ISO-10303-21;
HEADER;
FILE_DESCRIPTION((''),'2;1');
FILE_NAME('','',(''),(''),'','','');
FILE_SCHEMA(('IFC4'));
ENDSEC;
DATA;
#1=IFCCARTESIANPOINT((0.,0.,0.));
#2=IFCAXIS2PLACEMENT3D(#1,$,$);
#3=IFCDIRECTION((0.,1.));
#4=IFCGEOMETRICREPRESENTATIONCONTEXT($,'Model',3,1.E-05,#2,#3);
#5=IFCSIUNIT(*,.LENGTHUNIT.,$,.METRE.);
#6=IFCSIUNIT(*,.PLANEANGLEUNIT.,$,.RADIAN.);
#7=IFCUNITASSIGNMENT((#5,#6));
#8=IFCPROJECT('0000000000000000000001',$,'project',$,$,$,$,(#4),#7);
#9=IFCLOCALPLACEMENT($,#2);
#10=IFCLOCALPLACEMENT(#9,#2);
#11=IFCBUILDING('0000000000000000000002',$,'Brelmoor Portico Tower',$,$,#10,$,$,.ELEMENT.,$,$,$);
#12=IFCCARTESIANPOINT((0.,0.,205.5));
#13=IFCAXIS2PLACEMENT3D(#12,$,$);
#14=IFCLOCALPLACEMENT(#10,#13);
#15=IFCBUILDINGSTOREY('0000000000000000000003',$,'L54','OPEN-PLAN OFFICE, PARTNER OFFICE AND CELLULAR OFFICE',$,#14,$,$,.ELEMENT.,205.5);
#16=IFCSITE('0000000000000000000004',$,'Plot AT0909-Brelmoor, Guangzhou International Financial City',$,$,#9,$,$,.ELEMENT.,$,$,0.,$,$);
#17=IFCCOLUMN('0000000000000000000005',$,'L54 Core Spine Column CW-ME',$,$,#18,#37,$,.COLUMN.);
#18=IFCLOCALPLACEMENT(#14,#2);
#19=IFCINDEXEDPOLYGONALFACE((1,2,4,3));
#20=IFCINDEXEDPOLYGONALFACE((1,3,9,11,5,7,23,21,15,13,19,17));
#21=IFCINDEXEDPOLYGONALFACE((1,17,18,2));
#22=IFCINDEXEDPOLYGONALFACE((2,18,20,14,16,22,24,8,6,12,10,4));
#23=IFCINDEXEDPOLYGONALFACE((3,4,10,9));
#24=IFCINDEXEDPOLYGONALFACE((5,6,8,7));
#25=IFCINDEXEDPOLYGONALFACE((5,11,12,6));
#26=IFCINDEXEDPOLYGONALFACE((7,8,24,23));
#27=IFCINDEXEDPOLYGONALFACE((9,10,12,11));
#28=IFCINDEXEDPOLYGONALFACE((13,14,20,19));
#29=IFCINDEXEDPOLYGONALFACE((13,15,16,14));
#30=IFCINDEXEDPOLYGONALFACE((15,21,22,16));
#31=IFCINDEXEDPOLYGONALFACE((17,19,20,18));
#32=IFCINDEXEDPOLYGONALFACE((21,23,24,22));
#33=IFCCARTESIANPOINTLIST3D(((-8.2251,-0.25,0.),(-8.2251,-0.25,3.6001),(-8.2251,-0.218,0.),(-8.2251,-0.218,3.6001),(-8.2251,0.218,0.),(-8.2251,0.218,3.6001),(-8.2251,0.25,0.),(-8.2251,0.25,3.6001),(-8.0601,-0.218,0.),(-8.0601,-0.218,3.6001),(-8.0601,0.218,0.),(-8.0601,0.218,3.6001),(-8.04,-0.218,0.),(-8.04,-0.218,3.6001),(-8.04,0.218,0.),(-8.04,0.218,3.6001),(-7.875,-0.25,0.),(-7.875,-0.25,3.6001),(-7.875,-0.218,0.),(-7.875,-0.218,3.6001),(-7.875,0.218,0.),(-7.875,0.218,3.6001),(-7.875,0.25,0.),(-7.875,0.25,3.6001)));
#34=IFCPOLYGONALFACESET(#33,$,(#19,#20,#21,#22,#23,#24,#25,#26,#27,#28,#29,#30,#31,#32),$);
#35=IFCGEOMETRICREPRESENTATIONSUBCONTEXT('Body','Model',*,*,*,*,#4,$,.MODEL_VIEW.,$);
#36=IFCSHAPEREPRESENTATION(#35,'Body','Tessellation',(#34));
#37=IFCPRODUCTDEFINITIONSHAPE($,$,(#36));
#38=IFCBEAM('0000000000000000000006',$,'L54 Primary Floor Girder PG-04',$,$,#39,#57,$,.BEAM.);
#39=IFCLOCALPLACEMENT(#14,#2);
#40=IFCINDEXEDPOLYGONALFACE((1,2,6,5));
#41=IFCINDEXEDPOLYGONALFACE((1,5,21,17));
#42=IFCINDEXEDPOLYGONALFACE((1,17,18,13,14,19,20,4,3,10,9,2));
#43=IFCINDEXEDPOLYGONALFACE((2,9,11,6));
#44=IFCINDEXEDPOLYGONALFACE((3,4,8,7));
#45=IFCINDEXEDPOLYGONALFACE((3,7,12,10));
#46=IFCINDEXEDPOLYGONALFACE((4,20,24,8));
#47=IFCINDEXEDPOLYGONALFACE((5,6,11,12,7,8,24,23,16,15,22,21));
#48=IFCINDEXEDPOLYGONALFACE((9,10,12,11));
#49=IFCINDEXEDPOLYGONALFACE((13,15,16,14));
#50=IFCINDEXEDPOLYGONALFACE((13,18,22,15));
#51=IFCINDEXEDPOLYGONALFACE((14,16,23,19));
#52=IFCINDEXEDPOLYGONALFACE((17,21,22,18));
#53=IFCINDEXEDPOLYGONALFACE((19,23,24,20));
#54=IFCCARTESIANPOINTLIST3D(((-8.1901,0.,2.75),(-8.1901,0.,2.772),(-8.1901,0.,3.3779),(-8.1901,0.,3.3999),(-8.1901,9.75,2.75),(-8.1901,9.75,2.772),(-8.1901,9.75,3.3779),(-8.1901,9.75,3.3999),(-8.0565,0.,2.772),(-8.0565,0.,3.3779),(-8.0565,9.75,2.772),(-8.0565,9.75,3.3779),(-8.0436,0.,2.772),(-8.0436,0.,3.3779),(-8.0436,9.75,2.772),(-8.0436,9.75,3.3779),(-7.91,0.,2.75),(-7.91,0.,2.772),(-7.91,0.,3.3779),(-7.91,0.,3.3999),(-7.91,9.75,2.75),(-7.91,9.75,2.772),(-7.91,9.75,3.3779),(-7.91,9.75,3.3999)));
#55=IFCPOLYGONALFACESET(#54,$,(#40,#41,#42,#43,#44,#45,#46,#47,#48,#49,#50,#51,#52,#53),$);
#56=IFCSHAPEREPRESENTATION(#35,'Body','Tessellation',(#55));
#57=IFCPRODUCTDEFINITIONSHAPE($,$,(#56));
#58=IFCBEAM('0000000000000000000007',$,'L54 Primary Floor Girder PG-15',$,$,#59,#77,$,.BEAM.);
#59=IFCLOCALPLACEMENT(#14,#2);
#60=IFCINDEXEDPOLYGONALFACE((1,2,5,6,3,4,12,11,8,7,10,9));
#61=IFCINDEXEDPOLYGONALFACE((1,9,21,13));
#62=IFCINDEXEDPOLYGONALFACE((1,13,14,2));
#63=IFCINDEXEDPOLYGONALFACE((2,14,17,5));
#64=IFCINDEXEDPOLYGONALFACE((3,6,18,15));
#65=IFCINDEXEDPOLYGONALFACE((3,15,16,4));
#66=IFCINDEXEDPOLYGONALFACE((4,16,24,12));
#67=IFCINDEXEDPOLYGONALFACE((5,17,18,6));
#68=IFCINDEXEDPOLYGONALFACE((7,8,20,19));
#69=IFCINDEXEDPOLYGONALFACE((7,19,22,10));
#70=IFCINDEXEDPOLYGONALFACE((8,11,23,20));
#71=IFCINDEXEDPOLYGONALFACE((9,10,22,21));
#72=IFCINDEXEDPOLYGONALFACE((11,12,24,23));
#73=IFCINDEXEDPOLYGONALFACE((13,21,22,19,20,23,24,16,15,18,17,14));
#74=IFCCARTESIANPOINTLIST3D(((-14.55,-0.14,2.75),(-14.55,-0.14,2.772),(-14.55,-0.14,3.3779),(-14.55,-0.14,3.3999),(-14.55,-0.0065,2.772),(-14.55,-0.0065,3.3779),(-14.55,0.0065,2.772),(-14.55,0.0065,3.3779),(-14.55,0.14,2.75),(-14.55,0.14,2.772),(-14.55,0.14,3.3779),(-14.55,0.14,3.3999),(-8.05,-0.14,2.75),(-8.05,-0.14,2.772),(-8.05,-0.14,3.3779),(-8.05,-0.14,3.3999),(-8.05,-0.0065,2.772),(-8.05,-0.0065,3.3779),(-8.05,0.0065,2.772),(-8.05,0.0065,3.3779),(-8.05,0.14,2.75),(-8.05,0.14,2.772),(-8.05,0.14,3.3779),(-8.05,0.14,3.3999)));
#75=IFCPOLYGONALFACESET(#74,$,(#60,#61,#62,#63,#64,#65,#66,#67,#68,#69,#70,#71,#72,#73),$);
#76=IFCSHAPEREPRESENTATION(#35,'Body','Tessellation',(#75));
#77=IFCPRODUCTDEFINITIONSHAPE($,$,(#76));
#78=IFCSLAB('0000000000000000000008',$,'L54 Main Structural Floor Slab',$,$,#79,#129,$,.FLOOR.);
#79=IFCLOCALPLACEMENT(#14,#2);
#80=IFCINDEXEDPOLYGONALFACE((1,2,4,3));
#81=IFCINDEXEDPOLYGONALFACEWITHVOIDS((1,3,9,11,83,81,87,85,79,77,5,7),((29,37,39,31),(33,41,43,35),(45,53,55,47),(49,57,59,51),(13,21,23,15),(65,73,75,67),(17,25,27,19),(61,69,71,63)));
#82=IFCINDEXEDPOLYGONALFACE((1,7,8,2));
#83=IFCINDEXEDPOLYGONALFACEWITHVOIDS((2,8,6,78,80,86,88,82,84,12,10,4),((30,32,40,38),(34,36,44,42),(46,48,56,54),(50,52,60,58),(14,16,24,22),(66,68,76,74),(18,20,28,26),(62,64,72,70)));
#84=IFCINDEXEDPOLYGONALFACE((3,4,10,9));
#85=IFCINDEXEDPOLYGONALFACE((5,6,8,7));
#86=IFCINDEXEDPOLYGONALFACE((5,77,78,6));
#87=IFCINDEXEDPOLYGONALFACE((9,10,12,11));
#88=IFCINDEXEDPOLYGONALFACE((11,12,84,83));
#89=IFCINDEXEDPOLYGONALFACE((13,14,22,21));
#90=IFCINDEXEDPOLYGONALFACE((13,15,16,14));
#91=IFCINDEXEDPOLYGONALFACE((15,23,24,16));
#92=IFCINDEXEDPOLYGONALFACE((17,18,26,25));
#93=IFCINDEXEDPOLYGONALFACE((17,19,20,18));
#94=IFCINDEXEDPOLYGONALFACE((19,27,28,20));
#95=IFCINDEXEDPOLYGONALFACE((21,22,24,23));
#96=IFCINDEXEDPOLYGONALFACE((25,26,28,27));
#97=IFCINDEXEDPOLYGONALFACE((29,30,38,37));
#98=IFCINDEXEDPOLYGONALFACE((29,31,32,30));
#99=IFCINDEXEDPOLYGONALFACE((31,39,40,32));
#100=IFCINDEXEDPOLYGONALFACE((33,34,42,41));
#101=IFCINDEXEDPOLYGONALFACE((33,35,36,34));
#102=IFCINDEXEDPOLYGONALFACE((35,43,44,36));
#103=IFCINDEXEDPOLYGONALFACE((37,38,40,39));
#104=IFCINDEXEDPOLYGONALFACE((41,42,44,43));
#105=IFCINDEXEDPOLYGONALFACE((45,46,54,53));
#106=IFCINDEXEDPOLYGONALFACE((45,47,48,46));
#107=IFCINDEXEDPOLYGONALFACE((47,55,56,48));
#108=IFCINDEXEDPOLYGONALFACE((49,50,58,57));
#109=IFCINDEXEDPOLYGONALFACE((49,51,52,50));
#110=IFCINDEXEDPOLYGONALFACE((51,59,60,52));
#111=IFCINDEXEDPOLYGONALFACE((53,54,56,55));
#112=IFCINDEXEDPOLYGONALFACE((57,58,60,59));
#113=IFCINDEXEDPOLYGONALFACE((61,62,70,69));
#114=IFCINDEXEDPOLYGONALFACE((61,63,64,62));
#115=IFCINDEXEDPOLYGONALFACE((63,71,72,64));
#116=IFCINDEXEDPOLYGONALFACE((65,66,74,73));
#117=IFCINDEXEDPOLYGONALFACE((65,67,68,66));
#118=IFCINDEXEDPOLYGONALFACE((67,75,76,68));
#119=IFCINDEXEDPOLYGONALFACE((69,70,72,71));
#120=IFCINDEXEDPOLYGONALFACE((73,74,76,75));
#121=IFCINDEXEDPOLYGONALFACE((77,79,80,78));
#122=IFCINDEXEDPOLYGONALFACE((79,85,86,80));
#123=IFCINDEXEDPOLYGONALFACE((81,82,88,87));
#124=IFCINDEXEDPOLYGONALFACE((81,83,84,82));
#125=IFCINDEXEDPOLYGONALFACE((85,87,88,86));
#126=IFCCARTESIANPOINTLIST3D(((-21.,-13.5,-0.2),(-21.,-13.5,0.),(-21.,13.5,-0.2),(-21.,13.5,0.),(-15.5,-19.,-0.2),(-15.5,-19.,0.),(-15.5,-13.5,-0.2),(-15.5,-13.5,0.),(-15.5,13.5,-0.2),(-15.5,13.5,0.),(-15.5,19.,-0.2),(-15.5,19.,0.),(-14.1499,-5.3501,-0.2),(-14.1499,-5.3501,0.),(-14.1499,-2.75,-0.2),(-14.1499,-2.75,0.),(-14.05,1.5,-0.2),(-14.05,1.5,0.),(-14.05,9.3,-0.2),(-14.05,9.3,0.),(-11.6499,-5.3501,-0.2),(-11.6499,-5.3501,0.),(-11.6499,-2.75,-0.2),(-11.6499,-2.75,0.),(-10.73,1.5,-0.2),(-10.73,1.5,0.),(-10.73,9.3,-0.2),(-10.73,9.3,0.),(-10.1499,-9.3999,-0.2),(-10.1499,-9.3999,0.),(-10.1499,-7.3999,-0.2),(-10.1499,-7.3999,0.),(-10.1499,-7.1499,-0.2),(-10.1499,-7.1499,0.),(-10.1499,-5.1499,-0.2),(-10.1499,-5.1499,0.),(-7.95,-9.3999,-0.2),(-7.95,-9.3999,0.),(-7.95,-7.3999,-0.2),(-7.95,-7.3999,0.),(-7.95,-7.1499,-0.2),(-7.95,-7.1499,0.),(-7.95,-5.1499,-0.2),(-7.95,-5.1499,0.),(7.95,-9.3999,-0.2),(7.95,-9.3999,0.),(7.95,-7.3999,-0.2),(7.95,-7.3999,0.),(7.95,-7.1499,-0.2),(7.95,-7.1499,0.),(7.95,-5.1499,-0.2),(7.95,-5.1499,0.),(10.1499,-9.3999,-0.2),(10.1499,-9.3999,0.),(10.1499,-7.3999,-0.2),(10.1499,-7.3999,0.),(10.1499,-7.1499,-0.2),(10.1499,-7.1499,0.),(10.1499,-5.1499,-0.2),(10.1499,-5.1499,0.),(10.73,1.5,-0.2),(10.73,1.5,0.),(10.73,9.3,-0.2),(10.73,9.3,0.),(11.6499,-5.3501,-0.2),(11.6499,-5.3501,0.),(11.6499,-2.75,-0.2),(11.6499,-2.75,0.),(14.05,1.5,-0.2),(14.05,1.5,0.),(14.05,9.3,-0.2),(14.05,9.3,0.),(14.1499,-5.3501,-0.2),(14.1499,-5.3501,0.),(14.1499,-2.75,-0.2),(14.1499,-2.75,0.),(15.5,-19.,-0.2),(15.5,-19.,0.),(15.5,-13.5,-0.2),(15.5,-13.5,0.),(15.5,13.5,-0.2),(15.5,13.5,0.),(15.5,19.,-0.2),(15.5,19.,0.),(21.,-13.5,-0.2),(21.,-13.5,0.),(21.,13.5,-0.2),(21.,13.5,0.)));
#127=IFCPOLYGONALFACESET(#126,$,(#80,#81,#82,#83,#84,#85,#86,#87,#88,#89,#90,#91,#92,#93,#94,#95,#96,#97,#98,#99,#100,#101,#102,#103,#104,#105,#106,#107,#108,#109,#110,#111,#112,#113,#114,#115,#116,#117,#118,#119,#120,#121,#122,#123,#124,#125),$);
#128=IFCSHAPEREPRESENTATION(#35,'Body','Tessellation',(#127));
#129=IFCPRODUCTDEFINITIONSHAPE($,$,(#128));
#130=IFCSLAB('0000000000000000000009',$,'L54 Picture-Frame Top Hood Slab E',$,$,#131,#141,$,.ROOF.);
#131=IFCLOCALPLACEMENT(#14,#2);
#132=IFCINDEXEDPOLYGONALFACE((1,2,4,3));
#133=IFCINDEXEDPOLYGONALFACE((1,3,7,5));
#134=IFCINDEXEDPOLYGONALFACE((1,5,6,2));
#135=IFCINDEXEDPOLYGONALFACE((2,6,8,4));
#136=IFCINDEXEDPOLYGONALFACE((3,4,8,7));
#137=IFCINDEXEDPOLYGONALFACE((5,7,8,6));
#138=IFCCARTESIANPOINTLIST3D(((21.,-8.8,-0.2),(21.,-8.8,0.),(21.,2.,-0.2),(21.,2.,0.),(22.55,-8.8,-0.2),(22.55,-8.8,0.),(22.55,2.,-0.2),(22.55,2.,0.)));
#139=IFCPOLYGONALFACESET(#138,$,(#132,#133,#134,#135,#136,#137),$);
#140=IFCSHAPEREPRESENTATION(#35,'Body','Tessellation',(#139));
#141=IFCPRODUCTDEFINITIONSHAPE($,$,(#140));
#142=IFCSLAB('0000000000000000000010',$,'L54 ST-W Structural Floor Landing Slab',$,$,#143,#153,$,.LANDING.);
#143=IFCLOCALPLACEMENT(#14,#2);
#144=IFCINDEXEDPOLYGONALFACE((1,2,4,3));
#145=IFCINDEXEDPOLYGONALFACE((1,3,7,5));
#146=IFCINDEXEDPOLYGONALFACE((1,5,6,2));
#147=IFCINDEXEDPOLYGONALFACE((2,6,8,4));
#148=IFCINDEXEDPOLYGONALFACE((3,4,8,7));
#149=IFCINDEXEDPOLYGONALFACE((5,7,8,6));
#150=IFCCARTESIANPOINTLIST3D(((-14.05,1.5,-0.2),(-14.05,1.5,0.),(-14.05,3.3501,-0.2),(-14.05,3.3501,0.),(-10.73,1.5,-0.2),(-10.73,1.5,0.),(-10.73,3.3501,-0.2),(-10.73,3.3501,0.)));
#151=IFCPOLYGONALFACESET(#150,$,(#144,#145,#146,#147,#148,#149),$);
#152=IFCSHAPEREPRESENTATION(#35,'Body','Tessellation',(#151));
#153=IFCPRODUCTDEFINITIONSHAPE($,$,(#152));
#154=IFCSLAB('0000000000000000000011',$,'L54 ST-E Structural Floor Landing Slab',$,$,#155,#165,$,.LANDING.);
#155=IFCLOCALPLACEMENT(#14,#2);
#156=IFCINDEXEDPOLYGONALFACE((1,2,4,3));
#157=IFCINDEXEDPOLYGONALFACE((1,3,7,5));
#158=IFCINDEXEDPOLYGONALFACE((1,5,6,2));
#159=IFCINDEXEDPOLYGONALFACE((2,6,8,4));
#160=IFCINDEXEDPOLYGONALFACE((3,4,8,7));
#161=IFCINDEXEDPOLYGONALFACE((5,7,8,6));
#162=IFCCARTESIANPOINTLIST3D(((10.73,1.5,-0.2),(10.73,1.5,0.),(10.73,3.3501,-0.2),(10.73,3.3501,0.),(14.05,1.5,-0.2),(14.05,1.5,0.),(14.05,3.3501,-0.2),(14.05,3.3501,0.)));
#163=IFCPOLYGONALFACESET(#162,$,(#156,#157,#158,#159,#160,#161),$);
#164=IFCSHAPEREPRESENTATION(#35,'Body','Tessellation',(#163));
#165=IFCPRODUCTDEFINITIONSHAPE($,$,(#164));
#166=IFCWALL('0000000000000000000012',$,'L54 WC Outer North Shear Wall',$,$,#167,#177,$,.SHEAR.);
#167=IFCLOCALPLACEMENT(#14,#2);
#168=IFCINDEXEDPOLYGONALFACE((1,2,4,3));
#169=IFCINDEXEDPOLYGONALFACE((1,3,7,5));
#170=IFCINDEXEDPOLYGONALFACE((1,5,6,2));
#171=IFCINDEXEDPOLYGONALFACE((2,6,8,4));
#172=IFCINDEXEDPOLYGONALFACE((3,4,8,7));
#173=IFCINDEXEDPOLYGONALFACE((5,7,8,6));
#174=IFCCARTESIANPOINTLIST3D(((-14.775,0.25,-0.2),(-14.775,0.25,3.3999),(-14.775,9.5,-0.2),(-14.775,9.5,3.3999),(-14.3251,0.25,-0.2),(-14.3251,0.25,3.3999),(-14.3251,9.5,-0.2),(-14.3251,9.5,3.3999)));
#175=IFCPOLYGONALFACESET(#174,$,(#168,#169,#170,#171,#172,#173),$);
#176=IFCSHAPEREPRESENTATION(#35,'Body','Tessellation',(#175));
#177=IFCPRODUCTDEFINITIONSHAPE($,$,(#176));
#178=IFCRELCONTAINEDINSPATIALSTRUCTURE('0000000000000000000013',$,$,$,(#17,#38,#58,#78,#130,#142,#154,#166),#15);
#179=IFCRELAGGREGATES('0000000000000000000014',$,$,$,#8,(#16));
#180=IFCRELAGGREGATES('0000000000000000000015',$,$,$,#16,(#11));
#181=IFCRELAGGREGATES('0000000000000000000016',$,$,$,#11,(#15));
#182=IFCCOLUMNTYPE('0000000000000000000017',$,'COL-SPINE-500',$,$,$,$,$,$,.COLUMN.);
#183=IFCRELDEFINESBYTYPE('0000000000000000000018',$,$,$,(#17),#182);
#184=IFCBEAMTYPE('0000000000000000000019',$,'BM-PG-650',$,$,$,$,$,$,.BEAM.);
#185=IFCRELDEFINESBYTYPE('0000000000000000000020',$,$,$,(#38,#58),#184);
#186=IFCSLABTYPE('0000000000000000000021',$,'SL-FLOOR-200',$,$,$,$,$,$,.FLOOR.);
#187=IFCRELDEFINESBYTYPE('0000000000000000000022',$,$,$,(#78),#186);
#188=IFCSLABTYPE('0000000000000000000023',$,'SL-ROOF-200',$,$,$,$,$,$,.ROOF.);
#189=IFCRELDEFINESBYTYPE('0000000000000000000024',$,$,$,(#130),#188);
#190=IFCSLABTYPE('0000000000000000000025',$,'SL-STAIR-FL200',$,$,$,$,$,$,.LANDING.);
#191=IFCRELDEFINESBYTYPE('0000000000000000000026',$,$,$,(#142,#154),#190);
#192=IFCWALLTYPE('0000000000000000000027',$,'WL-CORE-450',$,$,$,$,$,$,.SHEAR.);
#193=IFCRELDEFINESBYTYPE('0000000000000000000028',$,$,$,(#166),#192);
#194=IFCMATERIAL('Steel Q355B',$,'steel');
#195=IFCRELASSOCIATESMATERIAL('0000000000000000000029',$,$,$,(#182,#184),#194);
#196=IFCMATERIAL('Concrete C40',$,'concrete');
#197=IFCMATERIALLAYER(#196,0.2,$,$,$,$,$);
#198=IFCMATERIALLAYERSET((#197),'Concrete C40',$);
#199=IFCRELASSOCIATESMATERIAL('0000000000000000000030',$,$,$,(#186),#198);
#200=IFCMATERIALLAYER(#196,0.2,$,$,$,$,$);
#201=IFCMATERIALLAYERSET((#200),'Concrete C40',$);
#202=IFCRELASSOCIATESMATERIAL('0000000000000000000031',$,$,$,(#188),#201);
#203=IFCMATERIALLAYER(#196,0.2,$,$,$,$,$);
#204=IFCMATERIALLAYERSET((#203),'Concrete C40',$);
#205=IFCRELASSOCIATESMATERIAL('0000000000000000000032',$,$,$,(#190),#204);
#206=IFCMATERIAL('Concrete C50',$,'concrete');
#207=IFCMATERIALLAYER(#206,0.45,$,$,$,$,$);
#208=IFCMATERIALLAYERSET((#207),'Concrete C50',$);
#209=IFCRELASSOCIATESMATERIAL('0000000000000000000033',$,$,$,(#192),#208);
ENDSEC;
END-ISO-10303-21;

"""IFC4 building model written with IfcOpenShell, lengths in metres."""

from ifc_helpers import new_model, si_unit, direction, frame, frame_2d, origin, origin_2d, place, context, subcontext, project, spatial, polyline, rectangle, i_section, outline, extrude, material, layer, layer_set, material_profile, profile_set, type_object, element, save


model = new_model("IFC4")

# Units and contexts
model_context = context("Model", 3, precision=1e-05, world=origin(), true_north=direction((0.0, 1.0)))
body_context = subcontext(model_context, "Body", "Model", "MODEL_VIEW")
ifc_project = project(units=[si_unit("LENGTHUNIT", "METRE"), si_unit("PLANEANGLEUNIT", "RADIAN")], contexts=[model_context])

# Site, building, storey
site_placement = place(None, origin())
site = spatial("IfcSite", under=ifc_project, at=site_placement, Name="Plot AT0909-Brelmoor, Guangzhou International Financial City", CompositionType="ELEMENT", RefElevation=0.0)
building_placement = place(site_placement, origin())
building = spatial("IfcBuilding", under=site, at=building_placement, Name="Brelmoor Portico Tower", CompositionType="ELEMENT")
storey_placement = place(building_placement, frame((0.0, 0.0, 205.5)))
storey = spatial("IfcBuildingStorey", under=building, at=storey_placement, Name="L54", Description="OPEN-PLAN OFFICE, PARTNER OFFICE AND CELLULAR OFFICE", CompositionType="ELEMENT", Elevation=205.5)

# Column
ifc_material_1 = material(Name="Steel Q355B", Category="steel")
ifc_material_profile_1 = material_profile(ifc_material_1, i_section(OverallWidth=0.3501, OverallDepth=0.5, WebThickness=0.02, FlangeThickness=0.032, at=origin_2d()), Name="HW 500x350x20x32")
ifc_profile_set_1 = profile_set([ifc_material_profile_1], Name="Steel Q355B")
column_type = type_object("IfcColumnType", Name="COL-SPINE-500", PredefinedType="COLUMN", material=ifc_profile_set_1)
column_placement = place(storey_placement, frame((-8.05, 0.0, 0.0), z_axis=(0.0, 0.0, 1.0), x_axis=(1.0, 0.0, 0.0)))
element("IfcColumn", 1, at=column_placement, inside=storey, type_object=column_type, Name="L54 Core Spine Column CW-ME", PredefinedType="COLUMN", context=body_context, shape_type="SweptSolid", body=[
    extrude(i_section(OverallWidth=0.3501, OverallDepth=0.5, WebThickness=0.02, FlangeThickness=0.032, at=origin_2d()), origin(), (0.0, 0.0, 1.0), 3.6001),
])

# Beams
ifc_material_profile_2 = material_profile(ifc_material_1, i_section(OverallWidth=0.28, OverallDepth=0.6499, WebThickness=0.0129, FlangeThickness=0.022, at=origin_2d()), Name="HN 650x280x13x22")
ifc_profile_set_2 = profile_set([ifc_material_profile_2], Name="Steel Q355B")
beam_type = type_object("IfcBeamType", Name="BM-PG-650", PredefinedType="BEAM", material=ifc_profile_set_2)
beam_1_placement = place(storey_placement, frame((-8.05, 0.0, 3.075), z_axis=(0.0, 1.0, 0.0), x_axis=(-1.0, 0.0, 0.0)))
element("IfcBeam", 2, at=beam_1_placement, inside=storey, type_object=beam_type, Name="L54 Primary Floor Girder PG-04", PredefinedType="BEAM", context=body_context, shape_type="SweptSolid", body=[
    extrude(i_section(OverallWidth=0.28, OverallDepth=0.6499, WebThickness=0.0129, FlangeThickness=0.022, at=origin_2d()), origin(), (0.0, 0.0, 1.0), 9.75),
])
beam_2_placement = place(storey_placement, frame((-14.55, 0.0, 3.075), z_axis=(1.0, 0.0, 0.0), x_axis=(0.0, 1.0, 0.0)))
element("IfcBeam", 3, at=beam_2_placement, inside=storey, type_object=beam_type, Name="L54 Primary Floor Girder PG-15", PredefinedType="BEAM", context=body_context, shape_type="SweptSolid", body=[
    extrude(i_section(OverallWidth=0.28, OverallDepth=0.6499, WebThickness=0.0129, FlangeThickness=0.022, at=origin_2d()), origin(), (0.0, 0.0, 1.0), 6.5),
])

# Slabs
ifc_material_2 = material(Name="Concrete C40", Category="concrete")
ifc_layer_1 = layer(ifc_material_2, 0.2)
ifc_layer_set_1 = layer_set([ifc_layer_1], Name="Concrete C40")
slab_type_1 = type_object("IfcSlabType", Name="SL-FLOOR-200", PredefinedType="FLOOR", material=ifc_layer_set_1)
slab_1_placement = place(storey_placement, frame((0.0, 0.0, -0.2)))
element("IfcSlab", 4, at=slab_1_placement, inside=storey, type_object=slab_type_1, Name="L54 Main Structural Floor Slab", PredefinedType="FLOOR", context=body_context, shape_type="SweptSolid", body=[
    extrude(outline(polyline([(-15.5, -19.0), (15.5, -19.0), (15.5, -13.5), (21.0, -13.5), (21.0, 13.5), (15.5, 13.5), (15.5, 19.0), (-15.5, 19.0), (-15.5, 13.5), (-21.0, 13.5), (-21.0, -13.5), (-15.5, -13.5), (-15.5, -19.0)]), holes=[polyline([(-10.73, 1.5), (-10.73, 9.3), (-14.05, 9.3), (-14.05, 1.5), (-10.73, 1.5)]), polyline([(14.05, 1.5), (14.05, 9.3), (10.73, 9.3), (10.73, 1.5), (14.05, 1.5)]), polyline([(-10.1499, -9.3999), (-7.95, -9.3999), (-7.95, -7.3999), (-10.1499, -7.3999), (-10.1499, -9.3999)]), polyline([(-10.1499, -7.1499), (-7.95, -7.1499), (-7.95, -5.1499), (-10.1499, -5.1499), (-10.1499, -7.1499)]), polyline([(7.95, -9.3999), (10.1499, -9.3999), (10.1499, -7.3999), (7.95, -7.3999), (7.95, -9.3999)]), polyline([(7.95, -7.1499), (10.1499, -7.1499), (10.1499, -5.1499), (7.95, -5.1499), (7.95, -7.1499)]), polyline([(-14.1499, -5.3501), (-11.6499, -5.3501), (-11.6499, -2.75), (-14.1499, -2.75), (-14.1499, -5.3501)]), polyline([(11.6499, -5.3501), (14.1499, -5.3501), (14.1499, -2.75), (11.6499, -2.75), (11.6499, -5.3501)])]), origin(), (0.0, 0.0, 1.0), 0.2),
])
ifc_layer_2 = layer(ifc_material_2, 0.2)
ifc_layer_set_2 = layer_set([ifc_layer_2], Name="Concrete C40")
slab_type_2 = type_object("IfcSlabType", Name="SL-ROOF-200", PredefinedType="ROOF", material=ifc_layer_set_2)
slab_2_placement = place(storey_placement, frame((0.0, 0.0, -0.2)))
element("IfcSlab", 5, at=slab_2_placement, inside=storey, type_object=slab_type_2, Name="L54 Picture-Frame Top Hood Slab E", PredefinedType="ROOF", context=body_context, shape_type="SweptSolid", body=[
    extrude(outline(polyline([(21.0, -8.8), (22.55, -8.8), (22.55, 2.0), (21.0, 2.0), (21.0, -8.8)])), origin(), (0.0, 0.0, 1.0), 0.2),
])
ifc_layer_3 = layer(ifc_material_2, 0.2)
ifc_layer_set_3 = layer_set([ifc_layer_3], Name="Concrete C40")
slab_type_3 = type_object("IfcSlabType", Name="SL-STAIR-FL200", PredefinedType="LANDING", material=ifc_layer_set_3)
slab_3_placement = place(storey_placement, frame((0.0, 0.0, -0.2)))
element("IfcSlab", 6, at=slab_3_placement, inside=storey, type_object=slab_type_3, Name="L54 ST-W Structural Floor Landing Slab", PredefinedType="LANDING", context=body_context, shape_type="SweptSolid", body=[
    extrude(outline(polyline([(-10.73, 1.5), (-10.73, 3.3501), (-14.05, 3.3501), (-14.05, 1.5), (-10.73, 1.5)])), origin(), (0.0, 0.0, 1.0), 0.2),
])
slab_4_placement = place(storey_placement, frame((0.0, 0.0, -0.2)))
element("IfcSlab", 7, at=slab_4_placement, inside=storey, type_object=slab_type_3, Name="L54 ST-E Structural Floor Landing Slab", PredefinedType="LANDING", context=body_context, shape_type="SweptSolid", body=[
    extrude(outline(polyline([(14.05, 1.5), (14.05, 3.3501), (10.73, 3.3501), (10.73, 1.5), (14.05, 1.5)])), origin(), (0.0, 0.0, 1.0), 0.2),
])

# Wall
ifc_material_3 = material(Name="Concrete C50", Category="concrete")
ifc_layer_4 = layer(ifc_material_3, 0.45)
ifc_layer_set_4 = layer_set([ifc_layer_4], Name="Concrete C50")
wall_type_1 = type_object("IfcWallType", Name="WL-CORE-450", PredefinedType="SHEAR", material=ifc_layer_set_4)
wall_1_placement = place(storey_placement, frame((-14.55, 0.25, -0.2), z_axis=(0.0, 0.0, 1.0), x_axis=(0.0, 1.0, 0.0)))
element("IfcWall", 8, at=wall_1_placement, inside=storey, type_object=wall_type_1, Name="L54 WC Outer North Shear Wall", PredefinedType="SHEAR", context=body_context, shape_type="SweptSolid", body=[
    extrude(rectangle(XDim=9.25, YDim=0.45, at=frame_2d((4.625, 0.0))), origin(), (0.0, 0.0, 1.0), 3.5999),
])

save(model, "model.ifc")
